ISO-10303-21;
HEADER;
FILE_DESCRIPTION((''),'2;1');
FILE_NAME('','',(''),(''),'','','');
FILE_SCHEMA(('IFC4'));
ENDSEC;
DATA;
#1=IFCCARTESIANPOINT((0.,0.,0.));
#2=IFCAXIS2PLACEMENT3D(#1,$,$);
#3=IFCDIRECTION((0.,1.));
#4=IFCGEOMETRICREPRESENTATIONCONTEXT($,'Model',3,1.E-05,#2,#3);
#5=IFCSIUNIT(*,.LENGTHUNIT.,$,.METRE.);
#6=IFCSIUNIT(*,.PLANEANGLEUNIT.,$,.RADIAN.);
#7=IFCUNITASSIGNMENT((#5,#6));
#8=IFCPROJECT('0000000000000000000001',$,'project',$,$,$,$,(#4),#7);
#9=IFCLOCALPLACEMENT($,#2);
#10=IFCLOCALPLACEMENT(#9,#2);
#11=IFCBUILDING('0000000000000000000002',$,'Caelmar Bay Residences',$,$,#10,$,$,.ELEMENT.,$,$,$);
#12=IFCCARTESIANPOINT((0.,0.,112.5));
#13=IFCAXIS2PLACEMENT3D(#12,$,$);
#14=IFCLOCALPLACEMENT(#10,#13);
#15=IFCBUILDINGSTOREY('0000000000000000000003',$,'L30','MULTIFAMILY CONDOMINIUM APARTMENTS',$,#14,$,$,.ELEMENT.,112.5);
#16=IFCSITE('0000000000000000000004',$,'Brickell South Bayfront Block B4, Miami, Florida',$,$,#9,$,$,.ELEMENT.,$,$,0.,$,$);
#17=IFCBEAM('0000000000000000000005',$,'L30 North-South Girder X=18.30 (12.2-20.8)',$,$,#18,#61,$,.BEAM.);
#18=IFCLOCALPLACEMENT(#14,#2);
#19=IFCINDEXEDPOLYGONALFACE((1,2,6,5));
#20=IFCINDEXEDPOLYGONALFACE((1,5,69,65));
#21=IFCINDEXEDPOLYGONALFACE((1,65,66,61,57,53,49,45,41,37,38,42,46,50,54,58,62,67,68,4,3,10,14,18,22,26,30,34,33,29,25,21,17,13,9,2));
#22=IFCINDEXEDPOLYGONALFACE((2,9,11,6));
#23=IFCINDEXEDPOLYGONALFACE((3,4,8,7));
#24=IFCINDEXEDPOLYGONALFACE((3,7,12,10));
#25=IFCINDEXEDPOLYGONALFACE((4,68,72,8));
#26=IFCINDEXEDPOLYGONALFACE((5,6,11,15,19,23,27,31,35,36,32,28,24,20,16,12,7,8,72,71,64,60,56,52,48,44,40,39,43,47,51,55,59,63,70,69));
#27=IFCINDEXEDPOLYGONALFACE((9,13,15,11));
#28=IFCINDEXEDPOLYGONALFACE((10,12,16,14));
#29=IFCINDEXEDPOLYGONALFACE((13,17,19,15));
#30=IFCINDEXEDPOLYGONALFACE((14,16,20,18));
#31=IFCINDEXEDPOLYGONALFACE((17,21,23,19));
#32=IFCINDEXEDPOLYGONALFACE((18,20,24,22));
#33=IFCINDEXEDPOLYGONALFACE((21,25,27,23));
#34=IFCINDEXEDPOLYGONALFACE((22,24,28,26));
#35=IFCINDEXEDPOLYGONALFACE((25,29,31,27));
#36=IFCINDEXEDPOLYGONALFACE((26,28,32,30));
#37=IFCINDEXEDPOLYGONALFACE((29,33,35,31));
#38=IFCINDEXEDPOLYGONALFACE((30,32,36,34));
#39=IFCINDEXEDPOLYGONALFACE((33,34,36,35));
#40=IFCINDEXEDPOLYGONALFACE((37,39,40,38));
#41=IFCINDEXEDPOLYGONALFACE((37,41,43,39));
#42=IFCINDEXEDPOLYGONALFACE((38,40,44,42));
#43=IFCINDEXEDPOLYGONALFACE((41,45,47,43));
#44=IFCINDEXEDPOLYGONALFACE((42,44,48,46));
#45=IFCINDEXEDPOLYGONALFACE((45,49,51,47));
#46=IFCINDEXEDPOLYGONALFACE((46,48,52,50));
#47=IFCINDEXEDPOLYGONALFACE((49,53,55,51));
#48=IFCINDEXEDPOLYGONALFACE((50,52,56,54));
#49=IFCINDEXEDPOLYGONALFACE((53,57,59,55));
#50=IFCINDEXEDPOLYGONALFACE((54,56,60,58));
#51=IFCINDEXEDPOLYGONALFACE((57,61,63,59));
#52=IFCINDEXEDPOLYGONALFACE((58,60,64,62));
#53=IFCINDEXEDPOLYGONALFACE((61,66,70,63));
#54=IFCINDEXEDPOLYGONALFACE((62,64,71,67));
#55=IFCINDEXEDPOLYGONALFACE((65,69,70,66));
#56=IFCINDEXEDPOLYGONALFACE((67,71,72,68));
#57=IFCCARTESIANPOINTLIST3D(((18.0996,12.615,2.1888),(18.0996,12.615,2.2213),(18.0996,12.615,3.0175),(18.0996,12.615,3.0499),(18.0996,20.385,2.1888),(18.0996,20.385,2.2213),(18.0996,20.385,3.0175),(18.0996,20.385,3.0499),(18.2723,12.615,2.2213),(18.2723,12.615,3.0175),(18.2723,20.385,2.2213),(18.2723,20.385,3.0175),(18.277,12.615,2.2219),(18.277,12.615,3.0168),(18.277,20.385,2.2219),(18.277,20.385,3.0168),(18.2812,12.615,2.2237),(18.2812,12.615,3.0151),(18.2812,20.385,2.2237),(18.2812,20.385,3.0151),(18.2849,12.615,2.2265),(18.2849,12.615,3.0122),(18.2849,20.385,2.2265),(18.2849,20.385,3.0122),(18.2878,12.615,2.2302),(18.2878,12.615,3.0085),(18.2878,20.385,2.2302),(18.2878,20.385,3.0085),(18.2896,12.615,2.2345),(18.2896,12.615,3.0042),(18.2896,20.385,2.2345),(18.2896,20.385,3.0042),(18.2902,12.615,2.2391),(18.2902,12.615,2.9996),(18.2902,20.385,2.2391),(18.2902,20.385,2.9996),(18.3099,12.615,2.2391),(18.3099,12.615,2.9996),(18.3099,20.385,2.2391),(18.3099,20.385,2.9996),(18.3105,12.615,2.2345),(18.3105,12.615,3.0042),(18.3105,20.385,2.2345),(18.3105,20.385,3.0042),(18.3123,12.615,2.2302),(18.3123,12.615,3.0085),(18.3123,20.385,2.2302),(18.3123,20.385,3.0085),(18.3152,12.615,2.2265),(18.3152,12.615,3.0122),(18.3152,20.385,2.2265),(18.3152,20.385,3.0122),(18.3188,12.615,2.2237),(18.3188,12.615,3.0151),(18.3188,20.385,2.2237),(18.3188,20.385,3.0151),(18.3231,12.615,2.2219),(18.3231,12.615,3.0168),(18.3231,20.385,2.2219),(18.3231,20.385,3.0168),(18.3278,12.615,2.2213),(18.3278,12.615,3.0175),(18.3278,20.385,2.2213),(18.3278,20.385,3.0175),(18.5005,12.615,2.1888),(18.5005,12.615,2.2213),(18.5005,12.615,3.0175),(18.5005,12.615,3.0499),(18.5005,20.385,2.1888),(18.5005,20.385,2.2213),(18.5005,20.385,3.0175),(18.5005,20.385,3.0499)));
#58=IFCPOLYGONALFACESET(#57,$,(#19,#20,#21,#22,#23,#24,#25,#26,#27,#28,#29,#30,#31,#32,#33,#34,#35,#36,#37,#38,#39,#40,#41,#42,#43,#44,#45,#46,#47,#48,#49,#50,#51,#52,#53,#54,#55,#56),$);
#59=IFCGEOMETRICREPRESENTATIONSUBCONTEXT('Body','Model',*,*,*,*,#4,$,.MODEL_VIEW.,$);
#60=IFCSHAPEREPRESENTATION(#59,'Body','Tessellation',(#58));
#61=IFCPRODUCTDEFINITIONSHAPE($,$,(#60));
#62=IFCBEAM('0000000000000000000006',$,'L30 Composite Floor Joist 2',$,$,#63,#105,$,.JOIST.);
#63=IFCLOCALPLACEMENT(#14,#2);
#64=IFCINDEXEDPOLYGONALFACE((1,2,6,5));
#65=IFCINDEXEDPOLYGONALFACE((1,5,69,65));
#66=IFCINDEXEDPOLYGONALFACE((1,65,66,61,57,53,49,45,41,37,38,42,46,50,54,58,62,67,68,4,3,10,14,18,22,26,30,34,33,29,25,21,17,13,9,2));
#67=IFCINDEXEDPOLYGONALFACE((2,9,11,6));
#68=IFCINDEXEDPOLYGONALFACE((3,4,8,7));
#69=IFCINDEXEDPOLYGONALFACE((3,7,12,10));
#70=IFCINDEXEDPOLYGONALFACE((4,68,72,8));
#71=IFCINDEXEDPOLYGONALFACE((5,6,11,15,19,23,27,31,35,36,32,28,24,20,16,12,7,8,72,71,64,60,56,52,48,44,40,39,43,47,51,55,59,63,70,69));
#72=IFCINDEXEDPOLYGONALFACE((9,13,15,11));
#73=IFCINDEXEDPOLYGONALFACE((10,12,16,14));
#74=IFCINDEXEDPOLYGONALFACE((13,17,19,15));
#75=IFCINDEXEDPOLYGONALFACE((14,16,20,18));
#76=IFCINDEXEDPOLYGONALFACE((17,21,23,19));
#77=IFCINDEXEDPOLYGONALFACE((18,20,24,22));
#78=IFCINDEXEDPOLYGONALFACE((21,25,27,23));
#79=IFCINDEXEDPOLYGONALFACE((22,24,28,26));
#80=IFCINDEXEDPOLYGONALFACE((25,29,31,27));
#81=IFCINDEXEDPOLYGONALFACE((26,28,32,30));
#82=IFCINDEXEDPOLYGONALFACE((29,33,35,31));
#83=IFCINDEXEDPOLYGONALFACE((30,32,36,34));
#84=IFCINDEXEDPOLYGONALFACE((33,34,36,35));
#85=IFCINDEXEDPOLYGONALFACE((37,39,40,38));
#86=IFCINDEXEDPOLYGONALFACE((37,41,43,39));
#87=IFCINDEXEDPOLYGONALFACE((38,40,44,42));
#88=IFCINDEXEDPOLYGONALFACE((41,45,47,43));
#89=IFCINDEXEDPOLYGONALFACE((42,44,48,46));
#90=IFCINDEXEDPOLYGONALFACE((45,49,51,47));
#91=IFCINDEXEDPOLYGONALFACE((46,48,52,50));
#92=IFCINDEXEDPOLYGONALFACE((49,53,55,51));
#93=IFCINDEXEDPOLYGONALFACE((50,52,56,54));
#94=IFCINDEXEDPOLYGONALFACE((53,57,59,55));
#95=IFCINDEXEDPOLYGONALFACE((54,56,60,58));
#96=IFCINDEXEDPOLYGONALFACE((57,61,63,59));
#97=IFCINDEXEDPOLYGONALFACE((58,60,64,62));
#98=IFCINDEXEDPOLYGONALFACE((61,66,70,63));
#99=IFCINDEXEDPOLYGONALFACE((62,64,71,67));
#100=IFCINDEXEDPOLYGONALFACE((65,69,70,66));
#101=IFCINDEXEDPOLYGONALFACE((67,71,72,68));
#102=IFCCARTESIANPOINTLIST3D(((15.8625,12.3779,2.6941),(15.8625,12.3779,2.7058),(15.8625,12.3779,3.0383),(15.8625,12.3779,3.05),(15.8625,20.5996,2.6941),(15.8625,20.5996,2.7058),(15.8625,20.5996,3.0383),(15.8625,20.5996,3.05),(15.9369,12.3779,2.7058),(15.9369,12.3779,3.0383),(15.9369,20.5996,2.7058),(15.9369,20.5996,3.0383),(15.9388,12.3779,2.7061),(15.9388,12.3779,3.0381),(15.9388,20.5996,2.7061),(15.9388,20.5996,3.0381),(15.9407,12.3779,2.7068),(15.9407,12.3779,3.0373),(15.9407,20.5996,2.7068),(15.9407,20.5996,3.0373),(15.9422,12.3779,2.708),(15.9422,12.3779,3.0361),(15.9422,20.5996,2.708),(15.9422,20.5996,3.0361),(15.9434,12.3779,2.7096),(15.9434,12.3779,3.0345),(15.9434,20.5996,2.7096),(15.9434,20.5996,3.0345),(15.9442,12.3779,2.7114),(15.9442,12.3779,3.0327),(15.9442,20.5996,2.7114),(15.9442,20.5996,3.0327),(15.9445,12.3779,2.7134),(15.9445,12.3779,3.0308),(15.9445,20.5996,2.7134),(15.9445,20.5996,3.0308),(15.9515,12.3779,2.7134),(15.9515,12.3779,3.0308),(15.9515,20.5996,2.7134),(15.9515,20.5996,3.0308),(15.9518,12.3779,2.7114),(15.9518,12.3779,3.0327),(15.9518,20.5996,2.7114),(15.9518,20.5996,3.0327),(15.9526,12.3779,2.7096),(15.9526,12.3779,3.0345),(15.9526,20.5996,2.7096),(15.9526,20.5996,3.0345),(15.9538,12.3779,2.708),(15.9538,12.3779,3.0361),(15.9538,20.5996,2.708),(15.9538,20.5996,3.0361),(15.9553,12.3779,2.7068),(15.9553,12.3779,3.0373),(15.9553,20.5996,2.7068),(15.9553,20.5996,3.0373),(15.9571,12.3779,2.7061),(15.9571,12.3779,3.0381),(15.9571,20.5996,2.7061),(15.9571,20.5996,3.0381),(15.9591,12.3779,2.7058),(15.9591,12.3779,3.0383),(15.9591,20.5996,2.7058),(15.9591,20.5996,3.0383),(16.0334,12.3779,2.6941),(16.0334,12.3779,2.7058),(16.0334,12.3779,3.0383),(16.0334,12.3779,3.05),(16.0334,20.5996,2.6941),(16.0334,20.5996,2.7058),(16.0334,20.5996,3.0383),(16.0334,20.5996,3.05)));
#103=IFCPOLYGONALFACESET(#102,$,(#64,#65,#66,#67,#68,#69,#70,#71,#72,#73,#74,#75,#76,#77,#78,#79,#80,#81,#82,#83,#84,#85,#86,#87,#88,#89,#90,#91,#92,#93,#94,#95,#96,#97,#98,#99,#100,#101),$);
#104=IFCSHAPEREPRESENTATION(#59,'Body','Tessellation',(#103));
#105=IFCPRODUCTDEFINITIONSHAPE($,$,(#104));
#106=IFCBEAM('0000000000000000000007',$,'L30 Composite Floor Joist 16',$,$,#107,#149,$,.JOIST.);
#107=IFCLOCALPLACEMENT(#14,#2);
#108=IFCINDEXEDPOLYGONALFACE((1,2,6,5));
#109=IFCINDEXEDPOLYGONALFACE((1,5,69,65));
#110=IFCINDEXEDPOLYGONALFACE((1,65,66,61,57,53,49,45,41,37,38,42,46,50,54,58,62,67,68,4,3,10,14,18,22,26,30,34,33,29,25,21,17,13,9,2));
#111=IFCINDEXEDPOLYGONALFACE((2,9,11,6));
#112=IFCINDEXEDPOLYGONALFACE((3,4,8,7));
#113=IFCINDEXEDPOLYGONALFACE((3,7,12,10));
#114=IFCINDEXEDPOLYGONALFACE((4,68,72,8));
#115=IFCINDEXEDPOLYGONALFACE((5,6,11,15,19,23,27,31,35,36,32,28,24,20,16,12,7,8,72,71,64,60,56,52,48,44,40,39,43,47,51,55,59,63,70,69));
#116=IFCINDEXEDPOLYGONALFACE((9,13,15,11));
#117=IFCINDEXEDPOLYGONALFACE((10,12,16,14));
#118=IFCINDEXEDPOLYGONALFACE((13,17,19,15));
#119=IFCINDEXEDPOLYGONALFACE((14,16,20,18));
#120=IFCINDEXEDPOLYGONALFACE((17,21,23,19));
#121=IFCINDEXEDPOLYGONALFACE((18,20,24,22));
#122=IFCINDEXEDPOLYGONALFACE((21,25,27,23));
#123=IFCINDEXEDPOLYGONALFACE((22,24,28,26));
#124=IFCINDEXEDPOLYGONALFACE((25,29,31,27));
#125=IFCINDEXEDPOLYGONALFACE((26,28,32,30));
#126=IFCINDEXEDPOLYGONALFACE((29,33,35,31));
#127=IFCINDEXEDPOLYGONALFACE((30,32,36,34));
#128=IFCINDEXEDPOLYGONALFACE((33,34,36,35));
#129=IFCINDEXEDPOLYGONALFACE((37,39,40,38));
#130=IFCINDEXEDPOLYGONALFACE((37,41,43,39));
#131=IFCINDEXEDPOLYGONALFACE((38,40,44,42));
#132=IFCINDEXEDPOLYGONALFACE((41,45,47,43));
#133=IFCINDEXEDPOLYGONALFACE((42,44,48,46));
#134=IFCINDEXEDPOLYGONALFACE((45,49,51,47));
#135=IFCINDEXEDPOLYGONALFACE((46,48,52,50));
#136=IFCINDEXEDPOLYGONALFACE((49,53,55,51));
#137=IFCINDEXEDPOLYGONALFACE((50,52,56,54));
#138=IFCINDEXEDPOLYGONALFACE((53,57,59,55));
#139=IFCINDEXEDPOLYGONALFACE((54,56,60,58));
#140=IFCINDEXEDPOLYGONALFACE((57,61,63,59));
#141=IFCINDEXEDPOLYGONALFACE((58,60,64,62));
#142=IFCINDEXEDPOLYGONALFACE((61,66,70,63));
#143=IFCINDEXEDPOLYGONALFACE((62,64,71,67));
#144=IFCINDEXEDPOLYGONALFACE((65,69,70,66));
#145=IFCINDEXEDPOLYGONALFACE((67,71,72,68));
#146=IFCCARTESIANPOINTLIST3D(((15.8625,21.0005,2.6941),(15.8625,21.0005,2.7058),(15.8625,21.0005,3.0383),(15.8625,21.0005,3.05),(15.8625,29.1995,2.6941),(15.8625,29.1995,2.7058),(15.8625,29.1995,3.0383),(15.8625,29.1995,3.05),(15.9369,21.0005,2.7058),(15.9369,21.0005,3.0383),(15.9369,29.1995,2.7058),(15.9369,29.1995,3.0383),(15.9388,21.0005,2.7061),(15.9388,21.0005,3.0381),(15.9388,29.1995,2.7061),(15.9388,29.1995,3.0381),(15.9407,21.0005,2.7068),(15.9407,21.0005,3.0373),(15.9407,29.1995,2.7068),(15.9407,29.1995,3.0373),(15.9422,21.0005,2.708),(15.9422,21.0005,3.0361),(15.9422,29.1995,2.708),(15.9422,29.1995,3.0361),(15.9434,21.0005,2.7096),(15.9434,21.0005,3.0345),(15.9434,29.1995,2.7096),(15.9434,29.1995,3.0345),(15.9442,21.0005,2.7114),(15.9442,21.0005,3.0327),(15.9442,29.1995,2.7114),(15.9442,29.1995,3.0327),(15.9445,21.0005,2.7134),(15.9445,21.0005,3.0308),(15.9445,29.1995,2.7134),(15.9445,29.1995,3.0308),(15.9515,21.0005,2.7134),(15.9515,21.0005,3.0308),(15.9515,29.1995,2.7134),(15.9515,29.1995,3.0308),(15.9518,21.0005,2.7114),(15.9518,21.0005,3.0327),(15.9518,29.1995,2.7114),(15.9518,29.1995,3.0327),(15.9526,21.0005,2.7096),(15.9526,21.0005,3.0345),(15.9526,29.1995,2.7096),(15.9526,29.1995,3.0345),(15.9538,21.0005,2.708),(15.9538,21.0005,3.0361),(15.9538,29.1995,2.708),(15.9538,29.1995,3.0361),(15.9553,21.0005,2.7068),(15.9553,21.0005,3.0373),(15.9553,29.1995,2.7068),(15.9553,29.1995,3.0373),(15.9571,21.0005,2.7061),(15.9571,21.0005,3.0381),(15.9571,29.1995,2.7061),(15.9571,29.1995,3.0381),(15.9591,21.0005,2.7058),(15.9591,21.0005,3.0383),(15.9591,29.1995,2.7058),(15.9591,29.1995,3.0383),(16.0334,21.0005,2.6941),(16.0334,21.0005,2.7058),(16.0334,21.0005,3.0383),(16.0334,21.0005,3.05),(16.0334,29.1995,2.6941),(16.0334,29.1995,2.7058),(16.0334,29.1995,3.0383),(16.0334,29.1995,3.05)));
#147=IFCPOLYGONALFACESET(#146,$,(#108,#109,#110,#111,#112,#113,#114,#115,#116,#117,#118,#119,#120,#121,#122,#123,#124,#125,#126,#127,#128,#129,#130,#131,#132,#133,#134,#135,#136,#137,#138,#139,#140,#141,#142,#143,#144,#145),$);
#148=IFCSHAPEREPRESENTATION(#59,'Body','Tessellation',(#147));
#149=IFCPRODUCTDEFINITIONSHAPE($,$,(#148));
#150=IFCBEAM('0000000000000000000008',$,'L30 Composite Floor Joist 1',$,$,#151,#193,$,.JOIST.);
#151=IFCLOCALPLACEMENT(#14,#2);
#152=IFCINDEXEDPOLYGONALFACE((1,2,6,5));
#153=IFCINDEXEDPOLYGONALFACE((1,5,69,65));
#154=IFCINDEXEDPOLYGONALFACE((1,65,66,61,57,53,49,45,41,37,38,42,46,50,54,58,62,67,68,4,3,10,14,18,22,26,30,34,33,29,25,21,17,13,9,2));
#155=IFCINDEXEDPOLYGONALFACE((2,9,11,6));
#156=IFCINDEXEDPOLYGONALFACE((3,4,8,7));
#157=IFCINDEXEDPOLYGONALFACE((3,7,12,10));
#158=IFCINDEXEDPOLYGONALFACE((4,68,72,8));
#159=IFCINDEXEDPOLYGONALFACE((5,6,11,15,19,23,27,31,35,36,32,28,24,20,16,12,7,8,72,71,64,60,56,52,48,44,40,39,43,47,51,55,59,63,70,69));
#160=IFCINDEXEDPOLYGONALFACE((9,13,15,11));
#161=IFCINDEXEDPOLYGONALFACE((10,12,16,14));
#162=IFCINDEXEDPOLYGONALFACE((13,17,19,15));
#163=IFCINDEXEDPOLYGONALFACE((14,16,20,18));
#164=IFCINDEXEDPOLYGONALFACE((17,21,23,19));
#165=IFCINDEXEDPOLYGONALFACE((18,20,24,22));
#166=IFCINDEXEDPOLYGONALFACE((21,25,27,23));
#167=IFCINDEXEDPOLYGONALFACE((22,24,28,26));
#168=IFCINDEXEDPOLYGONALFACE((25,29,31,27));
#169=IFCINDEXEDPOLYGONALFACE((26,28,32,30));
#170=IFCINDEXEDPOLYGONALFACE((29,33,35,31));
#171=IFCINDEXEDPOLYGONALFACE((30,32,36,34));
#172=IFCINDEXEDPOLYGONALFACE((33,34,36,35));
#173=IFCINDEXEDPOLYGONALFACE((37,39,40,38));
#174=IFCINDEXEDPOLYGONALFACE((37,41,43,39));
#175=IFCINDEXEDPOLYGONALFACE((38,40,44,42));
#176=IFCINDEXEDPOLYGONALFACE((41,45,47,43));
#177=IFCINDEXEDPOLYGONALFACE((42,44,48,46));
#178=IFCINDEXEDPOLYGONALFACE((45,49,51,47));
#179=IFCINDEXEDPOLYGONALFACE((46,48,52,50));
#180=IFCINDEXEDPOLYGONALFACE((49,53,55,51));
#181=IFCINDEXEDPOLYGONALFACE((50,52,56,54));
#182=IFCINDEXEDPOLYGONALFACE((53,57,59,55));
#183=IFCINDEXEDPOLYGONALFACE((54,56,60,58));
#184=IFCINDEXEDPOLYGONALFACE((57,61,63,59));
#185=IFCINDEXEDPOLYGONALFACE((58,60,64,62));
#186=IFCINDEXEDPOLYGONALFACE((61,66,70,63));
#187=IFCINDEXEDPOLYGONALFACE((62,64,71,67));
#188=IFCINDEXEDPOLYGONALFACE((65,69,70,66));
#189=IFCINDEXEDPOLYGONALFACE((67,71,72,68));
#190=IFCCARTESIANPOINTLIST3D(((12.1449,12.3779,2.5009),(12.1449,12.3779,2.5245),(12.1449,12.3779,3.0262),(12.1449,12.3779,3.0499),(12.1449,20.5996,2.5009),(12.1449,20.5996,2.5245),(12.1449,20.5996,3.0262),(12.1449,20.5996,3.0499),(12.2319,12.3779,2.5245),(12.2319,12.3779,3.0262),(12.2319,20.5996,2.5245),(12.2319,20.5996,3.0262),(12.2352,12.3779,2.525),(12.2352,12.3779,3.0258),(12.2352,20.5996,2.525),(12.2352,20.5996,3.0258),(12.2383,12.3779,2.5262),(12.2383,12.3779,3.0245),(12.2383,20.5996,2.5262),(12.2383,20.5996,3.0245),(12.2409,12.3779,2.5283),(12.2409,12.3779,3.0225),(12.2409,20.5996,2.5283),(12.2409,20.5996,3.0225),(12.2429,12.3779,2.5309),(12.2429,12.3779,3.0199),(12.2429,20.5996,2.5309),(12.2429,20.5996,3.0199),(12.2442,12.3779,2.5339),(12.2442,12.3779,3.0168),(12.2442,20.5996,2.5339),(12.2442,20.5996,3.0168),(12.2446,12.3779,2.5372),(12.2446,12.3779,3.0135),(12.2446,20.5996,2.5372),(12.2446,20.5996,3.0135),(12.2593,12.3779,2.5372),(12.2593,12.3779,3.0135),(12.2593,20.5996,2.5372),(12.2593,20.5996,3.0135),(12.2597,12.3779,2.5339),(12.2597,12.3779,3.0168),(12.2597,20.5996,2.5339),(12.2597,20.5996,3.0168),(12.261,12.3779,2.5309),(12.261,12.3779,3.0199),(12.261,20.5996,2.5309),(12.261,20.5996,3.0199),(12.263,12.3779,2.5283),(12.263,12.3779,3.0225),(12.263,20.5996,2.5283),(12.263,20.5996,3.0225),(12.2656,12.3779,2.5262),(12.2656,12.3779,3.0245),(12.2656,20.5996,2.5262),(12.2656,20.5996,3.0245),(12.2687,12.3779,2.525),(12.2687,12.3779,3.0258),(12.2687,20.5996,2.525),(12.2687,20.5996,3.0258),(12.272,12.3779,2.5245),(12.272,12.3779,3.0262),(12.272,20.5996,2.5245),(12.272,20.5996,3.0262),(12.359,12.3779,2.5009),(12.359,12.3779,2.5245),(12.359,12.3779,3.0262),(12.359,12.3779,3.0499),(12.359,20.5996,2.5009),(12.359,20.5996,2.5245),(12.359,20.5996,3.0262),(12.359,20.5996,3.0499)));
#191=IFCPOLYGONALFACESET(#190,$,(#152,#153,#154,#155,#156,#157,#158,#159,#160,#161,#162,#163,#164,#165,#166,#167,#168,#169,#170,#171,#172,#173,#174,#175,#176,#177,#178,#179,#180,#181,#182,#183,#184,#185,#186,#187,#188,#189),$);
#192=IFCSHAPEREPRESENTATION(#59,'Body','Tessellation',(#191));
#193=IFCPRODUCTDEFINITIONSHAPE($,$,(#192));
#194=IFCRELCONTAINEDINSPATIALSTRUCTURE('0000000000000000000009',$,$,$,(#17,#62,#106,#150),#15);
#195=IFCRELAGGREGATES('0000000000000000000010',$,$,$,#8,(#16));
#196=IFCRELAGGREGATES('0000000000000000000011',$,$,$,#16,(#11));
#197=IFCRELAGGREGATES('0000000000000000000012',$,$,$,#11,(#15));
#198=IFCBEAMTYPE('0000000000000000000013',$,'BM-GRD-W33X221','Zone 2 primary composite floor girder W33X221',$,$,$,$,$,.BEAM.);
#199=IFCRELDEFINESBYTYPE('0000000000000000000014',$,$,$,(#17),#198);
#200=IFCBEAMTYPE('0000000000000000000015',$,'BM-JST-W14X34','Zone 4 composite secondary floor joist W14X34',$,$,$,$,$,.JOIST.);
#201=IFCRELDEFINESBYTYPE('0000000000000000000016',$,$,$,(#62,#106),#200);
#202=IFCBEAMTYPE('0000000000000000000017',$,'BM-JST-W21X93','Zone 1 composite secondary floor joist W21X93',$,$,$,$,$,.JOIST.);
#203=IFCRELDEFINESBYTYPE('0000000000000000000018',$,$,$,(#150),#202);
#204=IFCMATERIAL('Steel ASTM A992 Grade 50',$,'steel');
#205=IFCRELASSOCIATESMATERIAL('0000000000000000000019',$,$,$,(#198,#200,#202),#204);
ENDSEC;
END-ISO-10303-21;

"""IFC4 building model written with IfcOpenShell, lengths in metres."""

from ifc_helpers import new_model, si_unit, direction, frame, origin, origin_2d, place, context, subcontext, project, spatial, i_section, extrude, material, material_profile, profile_set, type_object, element, save


model = new_model("IFC4")

# Units and contexts
model_context = context("Model", 3, precision=1e-05, world=origin(), true_north=direction((0.0, 1.0)))
body_context = subcontext(model_context, "Body", "Model", "MODEL_VIEW")
ifc_project = project(units=[si_unit("LENGTHUNIT", "METRE"), si_unit("PLANEANGLEUNIT", "RADIAN")], contexts=[model_context])

# Site, building, storey
site_placement = place(None, origin())
site = spatial("IfcSite", under=ifc_project, at=site_placement, Name="Brickell South Bayfront Block B4, Miami, Florida", CompositionType="ELEMENT", RefElevation=0.0)
building_placement = place(site_placement, origin())
building = spatial("IfcBuilding", under=site, at=building_placement, Name="Caelmar Bay Residences", CompositionType="ELEMENT")
storey_placement = place(building_placement, frame((0.0, 0.0, 112.5)))
storey = spatial("IfcBuildingStorey", under=building, at=storey_placement, Name="L30", Description="MULTIFAMILY CONDOMINIUM APARTMENTS", CompositionType="ELEMENT", Elevation=112.5)

# Beams
ifc_material_1 = material(Name="Steel ASTM A992 Grade 50", Category="steel")
ifc_material_profile_1 = material_profile(ifc_material_1, i_section(OverallWidth=0.4009, OverallDepth=0.8611, WebThickness=0.0198, FlangeThickness=0.0325, FilletRadius=0.0178, at=origin_2d()), Name="W33X221")
ifc_profile_set_1 = profile_set([ifc_material_profile_1], Name="Steel ASTM A992 Grade 50")
beam_type_1 = type_object("IfcBeamType", Name="BM-GRD-W33X221", Description="Zone 2 primary composite floor girder W33X221", PredefinedType="BEAM", material=ifc_profile_set_1)
for number, where, z_axis, x_axis, name in (
    (1, (18.3, 12.615, 2.6194), (0.0, 1.0, 0.0), (-1.0, 0.0, 0.0), "L30 North-South Girder X=18.30 (12.2-20.8)"),
):
    element("IfcBeam", number, at=place(storey_placement, frame(where, z_axis=z_axis, x_axis=x_axis)), inside=storey, type_object=beam_type_1, Name=name, PredefinedType="BEAM", context=body_context, shape_type="SweptSolid", body=[
        extrude(i_section(OverallWidth=0.4009, OverallDepth=0.8611, WebThickness=0.0198, FlangeThickness=0.0325, FilletRadius=0.0178, at=origin_2d()), origin(), (0.0, 0.0, 1.0), 7.77),
    ])
ifc_material_profile_2 = material_profile(ifc_material_1, i_section(OverallWidth=0.1709, OverallDepth=0.356, WebThickness=0.0071, FlangeThickness=0.0117, FilletRadius=0.0076, at=origin_2d()), Name="W14X34")
ifc_profile_set_2 = profile_set([ifc_material_profile_2], Name="Steel ASTM A992 Grade 50")
beam_type_2 = type_object("IfcBeamType", Name="BM-JST-W14X34", Description="Zone 4 composite secondary floor joist W14X34", PredefinedType="JOIST", material=ifc_profile_set_2)
beam_1_placement = place(storey_placement, frame((15.948, 12.3779, 2.8721), z_axis=(0.0, 1.0, 0.0), x_axis=(-1.0, 0.0, 0.0)))
element("IfcBeam", 2, at=beam_1_placement, inside=storey, type_object=beam_type_2, Name="L30 Composite Floor Joist 2", PredefinedType="JOIST", context=body_context, shape_type="SweptSolid", body=[
    extrude(i_section(OverallWidth=0.1709, OverallDepth=0.356, WebThickness=0.0071, FlangeThickness=0.0117, FilletRadius=0.0076, at=origin_2d()), origin(), (0.0, 0.0, 1.0), 8.2217),
])
beam_2_placement = place(storey_placement, frame((15.948, 21.0005, 2.8721), z_axis=(0.0, 1.0, 0.0), x_axis=(-1.0, 0.0, 0.0)))
element("IfcBeam", 3, at=beam_2_placement, inside=storey, type_object=beam_type_2, Name="L30 Composite Floor Joist 16", PredefinedType="JOIST", context=body_context, shape_type="SweptSolid", body=[
    extrude(i_section(OverallWidth=0.1709, OverallDepth=0.356, WebThickness=0.0071, FlangeThickness=0.0117, FilletRadius=0.0076, at=origin_2d()), origin(), (0.0, 0.0, 1.0), 8.199),
])
ifc_material_profile_3 = material_profile(ifc_material_1, i_section(OverallWidth=0.2141, OverallDepth=0.5491, WebThickness=0.0146, FlangeThickness=0.0237, FilletRadius=0.0127, at=origin_2d()), Name="W21X93")
ifc_profile_set_3 = profile_set([ifc_material_profile_3], Name="Steel ASTM A992 Grade 50")
beam_type_3 = type_object("IfcBeamType", Name="BM-JST-W21X93", Description="Zone 1 composite secondary floor joist W21X93", PredefinedType="JOIST", material=ifc_profile_set_3)
beam_3_placement = place(storey_placement, frame((12.252, 12.3779, 2.7754), z_axis=(0.0, 1.0, 0.0), x_axis=(-1.0, 0.0, 0.0)))
element("IfcBeam", 4, at=beam_3_placement, inside=storey, type_object=beam_type_3, Name="L30 Composite Floor Joist 1", PredefinedType="JOIST", context=body_context, shape_type="SweptSolid", body=[
    extrude(i_section(OverallWidth=0.2141, OverallDepth=0.5491, WebThickness=0.0146, FlangeThickness=0.0237, FilletRadius=0.0127, at=origin_2d()), origin(), (0.0, 0.0, 1.0), 8.2217),
])

save(model, "model.ifc")
